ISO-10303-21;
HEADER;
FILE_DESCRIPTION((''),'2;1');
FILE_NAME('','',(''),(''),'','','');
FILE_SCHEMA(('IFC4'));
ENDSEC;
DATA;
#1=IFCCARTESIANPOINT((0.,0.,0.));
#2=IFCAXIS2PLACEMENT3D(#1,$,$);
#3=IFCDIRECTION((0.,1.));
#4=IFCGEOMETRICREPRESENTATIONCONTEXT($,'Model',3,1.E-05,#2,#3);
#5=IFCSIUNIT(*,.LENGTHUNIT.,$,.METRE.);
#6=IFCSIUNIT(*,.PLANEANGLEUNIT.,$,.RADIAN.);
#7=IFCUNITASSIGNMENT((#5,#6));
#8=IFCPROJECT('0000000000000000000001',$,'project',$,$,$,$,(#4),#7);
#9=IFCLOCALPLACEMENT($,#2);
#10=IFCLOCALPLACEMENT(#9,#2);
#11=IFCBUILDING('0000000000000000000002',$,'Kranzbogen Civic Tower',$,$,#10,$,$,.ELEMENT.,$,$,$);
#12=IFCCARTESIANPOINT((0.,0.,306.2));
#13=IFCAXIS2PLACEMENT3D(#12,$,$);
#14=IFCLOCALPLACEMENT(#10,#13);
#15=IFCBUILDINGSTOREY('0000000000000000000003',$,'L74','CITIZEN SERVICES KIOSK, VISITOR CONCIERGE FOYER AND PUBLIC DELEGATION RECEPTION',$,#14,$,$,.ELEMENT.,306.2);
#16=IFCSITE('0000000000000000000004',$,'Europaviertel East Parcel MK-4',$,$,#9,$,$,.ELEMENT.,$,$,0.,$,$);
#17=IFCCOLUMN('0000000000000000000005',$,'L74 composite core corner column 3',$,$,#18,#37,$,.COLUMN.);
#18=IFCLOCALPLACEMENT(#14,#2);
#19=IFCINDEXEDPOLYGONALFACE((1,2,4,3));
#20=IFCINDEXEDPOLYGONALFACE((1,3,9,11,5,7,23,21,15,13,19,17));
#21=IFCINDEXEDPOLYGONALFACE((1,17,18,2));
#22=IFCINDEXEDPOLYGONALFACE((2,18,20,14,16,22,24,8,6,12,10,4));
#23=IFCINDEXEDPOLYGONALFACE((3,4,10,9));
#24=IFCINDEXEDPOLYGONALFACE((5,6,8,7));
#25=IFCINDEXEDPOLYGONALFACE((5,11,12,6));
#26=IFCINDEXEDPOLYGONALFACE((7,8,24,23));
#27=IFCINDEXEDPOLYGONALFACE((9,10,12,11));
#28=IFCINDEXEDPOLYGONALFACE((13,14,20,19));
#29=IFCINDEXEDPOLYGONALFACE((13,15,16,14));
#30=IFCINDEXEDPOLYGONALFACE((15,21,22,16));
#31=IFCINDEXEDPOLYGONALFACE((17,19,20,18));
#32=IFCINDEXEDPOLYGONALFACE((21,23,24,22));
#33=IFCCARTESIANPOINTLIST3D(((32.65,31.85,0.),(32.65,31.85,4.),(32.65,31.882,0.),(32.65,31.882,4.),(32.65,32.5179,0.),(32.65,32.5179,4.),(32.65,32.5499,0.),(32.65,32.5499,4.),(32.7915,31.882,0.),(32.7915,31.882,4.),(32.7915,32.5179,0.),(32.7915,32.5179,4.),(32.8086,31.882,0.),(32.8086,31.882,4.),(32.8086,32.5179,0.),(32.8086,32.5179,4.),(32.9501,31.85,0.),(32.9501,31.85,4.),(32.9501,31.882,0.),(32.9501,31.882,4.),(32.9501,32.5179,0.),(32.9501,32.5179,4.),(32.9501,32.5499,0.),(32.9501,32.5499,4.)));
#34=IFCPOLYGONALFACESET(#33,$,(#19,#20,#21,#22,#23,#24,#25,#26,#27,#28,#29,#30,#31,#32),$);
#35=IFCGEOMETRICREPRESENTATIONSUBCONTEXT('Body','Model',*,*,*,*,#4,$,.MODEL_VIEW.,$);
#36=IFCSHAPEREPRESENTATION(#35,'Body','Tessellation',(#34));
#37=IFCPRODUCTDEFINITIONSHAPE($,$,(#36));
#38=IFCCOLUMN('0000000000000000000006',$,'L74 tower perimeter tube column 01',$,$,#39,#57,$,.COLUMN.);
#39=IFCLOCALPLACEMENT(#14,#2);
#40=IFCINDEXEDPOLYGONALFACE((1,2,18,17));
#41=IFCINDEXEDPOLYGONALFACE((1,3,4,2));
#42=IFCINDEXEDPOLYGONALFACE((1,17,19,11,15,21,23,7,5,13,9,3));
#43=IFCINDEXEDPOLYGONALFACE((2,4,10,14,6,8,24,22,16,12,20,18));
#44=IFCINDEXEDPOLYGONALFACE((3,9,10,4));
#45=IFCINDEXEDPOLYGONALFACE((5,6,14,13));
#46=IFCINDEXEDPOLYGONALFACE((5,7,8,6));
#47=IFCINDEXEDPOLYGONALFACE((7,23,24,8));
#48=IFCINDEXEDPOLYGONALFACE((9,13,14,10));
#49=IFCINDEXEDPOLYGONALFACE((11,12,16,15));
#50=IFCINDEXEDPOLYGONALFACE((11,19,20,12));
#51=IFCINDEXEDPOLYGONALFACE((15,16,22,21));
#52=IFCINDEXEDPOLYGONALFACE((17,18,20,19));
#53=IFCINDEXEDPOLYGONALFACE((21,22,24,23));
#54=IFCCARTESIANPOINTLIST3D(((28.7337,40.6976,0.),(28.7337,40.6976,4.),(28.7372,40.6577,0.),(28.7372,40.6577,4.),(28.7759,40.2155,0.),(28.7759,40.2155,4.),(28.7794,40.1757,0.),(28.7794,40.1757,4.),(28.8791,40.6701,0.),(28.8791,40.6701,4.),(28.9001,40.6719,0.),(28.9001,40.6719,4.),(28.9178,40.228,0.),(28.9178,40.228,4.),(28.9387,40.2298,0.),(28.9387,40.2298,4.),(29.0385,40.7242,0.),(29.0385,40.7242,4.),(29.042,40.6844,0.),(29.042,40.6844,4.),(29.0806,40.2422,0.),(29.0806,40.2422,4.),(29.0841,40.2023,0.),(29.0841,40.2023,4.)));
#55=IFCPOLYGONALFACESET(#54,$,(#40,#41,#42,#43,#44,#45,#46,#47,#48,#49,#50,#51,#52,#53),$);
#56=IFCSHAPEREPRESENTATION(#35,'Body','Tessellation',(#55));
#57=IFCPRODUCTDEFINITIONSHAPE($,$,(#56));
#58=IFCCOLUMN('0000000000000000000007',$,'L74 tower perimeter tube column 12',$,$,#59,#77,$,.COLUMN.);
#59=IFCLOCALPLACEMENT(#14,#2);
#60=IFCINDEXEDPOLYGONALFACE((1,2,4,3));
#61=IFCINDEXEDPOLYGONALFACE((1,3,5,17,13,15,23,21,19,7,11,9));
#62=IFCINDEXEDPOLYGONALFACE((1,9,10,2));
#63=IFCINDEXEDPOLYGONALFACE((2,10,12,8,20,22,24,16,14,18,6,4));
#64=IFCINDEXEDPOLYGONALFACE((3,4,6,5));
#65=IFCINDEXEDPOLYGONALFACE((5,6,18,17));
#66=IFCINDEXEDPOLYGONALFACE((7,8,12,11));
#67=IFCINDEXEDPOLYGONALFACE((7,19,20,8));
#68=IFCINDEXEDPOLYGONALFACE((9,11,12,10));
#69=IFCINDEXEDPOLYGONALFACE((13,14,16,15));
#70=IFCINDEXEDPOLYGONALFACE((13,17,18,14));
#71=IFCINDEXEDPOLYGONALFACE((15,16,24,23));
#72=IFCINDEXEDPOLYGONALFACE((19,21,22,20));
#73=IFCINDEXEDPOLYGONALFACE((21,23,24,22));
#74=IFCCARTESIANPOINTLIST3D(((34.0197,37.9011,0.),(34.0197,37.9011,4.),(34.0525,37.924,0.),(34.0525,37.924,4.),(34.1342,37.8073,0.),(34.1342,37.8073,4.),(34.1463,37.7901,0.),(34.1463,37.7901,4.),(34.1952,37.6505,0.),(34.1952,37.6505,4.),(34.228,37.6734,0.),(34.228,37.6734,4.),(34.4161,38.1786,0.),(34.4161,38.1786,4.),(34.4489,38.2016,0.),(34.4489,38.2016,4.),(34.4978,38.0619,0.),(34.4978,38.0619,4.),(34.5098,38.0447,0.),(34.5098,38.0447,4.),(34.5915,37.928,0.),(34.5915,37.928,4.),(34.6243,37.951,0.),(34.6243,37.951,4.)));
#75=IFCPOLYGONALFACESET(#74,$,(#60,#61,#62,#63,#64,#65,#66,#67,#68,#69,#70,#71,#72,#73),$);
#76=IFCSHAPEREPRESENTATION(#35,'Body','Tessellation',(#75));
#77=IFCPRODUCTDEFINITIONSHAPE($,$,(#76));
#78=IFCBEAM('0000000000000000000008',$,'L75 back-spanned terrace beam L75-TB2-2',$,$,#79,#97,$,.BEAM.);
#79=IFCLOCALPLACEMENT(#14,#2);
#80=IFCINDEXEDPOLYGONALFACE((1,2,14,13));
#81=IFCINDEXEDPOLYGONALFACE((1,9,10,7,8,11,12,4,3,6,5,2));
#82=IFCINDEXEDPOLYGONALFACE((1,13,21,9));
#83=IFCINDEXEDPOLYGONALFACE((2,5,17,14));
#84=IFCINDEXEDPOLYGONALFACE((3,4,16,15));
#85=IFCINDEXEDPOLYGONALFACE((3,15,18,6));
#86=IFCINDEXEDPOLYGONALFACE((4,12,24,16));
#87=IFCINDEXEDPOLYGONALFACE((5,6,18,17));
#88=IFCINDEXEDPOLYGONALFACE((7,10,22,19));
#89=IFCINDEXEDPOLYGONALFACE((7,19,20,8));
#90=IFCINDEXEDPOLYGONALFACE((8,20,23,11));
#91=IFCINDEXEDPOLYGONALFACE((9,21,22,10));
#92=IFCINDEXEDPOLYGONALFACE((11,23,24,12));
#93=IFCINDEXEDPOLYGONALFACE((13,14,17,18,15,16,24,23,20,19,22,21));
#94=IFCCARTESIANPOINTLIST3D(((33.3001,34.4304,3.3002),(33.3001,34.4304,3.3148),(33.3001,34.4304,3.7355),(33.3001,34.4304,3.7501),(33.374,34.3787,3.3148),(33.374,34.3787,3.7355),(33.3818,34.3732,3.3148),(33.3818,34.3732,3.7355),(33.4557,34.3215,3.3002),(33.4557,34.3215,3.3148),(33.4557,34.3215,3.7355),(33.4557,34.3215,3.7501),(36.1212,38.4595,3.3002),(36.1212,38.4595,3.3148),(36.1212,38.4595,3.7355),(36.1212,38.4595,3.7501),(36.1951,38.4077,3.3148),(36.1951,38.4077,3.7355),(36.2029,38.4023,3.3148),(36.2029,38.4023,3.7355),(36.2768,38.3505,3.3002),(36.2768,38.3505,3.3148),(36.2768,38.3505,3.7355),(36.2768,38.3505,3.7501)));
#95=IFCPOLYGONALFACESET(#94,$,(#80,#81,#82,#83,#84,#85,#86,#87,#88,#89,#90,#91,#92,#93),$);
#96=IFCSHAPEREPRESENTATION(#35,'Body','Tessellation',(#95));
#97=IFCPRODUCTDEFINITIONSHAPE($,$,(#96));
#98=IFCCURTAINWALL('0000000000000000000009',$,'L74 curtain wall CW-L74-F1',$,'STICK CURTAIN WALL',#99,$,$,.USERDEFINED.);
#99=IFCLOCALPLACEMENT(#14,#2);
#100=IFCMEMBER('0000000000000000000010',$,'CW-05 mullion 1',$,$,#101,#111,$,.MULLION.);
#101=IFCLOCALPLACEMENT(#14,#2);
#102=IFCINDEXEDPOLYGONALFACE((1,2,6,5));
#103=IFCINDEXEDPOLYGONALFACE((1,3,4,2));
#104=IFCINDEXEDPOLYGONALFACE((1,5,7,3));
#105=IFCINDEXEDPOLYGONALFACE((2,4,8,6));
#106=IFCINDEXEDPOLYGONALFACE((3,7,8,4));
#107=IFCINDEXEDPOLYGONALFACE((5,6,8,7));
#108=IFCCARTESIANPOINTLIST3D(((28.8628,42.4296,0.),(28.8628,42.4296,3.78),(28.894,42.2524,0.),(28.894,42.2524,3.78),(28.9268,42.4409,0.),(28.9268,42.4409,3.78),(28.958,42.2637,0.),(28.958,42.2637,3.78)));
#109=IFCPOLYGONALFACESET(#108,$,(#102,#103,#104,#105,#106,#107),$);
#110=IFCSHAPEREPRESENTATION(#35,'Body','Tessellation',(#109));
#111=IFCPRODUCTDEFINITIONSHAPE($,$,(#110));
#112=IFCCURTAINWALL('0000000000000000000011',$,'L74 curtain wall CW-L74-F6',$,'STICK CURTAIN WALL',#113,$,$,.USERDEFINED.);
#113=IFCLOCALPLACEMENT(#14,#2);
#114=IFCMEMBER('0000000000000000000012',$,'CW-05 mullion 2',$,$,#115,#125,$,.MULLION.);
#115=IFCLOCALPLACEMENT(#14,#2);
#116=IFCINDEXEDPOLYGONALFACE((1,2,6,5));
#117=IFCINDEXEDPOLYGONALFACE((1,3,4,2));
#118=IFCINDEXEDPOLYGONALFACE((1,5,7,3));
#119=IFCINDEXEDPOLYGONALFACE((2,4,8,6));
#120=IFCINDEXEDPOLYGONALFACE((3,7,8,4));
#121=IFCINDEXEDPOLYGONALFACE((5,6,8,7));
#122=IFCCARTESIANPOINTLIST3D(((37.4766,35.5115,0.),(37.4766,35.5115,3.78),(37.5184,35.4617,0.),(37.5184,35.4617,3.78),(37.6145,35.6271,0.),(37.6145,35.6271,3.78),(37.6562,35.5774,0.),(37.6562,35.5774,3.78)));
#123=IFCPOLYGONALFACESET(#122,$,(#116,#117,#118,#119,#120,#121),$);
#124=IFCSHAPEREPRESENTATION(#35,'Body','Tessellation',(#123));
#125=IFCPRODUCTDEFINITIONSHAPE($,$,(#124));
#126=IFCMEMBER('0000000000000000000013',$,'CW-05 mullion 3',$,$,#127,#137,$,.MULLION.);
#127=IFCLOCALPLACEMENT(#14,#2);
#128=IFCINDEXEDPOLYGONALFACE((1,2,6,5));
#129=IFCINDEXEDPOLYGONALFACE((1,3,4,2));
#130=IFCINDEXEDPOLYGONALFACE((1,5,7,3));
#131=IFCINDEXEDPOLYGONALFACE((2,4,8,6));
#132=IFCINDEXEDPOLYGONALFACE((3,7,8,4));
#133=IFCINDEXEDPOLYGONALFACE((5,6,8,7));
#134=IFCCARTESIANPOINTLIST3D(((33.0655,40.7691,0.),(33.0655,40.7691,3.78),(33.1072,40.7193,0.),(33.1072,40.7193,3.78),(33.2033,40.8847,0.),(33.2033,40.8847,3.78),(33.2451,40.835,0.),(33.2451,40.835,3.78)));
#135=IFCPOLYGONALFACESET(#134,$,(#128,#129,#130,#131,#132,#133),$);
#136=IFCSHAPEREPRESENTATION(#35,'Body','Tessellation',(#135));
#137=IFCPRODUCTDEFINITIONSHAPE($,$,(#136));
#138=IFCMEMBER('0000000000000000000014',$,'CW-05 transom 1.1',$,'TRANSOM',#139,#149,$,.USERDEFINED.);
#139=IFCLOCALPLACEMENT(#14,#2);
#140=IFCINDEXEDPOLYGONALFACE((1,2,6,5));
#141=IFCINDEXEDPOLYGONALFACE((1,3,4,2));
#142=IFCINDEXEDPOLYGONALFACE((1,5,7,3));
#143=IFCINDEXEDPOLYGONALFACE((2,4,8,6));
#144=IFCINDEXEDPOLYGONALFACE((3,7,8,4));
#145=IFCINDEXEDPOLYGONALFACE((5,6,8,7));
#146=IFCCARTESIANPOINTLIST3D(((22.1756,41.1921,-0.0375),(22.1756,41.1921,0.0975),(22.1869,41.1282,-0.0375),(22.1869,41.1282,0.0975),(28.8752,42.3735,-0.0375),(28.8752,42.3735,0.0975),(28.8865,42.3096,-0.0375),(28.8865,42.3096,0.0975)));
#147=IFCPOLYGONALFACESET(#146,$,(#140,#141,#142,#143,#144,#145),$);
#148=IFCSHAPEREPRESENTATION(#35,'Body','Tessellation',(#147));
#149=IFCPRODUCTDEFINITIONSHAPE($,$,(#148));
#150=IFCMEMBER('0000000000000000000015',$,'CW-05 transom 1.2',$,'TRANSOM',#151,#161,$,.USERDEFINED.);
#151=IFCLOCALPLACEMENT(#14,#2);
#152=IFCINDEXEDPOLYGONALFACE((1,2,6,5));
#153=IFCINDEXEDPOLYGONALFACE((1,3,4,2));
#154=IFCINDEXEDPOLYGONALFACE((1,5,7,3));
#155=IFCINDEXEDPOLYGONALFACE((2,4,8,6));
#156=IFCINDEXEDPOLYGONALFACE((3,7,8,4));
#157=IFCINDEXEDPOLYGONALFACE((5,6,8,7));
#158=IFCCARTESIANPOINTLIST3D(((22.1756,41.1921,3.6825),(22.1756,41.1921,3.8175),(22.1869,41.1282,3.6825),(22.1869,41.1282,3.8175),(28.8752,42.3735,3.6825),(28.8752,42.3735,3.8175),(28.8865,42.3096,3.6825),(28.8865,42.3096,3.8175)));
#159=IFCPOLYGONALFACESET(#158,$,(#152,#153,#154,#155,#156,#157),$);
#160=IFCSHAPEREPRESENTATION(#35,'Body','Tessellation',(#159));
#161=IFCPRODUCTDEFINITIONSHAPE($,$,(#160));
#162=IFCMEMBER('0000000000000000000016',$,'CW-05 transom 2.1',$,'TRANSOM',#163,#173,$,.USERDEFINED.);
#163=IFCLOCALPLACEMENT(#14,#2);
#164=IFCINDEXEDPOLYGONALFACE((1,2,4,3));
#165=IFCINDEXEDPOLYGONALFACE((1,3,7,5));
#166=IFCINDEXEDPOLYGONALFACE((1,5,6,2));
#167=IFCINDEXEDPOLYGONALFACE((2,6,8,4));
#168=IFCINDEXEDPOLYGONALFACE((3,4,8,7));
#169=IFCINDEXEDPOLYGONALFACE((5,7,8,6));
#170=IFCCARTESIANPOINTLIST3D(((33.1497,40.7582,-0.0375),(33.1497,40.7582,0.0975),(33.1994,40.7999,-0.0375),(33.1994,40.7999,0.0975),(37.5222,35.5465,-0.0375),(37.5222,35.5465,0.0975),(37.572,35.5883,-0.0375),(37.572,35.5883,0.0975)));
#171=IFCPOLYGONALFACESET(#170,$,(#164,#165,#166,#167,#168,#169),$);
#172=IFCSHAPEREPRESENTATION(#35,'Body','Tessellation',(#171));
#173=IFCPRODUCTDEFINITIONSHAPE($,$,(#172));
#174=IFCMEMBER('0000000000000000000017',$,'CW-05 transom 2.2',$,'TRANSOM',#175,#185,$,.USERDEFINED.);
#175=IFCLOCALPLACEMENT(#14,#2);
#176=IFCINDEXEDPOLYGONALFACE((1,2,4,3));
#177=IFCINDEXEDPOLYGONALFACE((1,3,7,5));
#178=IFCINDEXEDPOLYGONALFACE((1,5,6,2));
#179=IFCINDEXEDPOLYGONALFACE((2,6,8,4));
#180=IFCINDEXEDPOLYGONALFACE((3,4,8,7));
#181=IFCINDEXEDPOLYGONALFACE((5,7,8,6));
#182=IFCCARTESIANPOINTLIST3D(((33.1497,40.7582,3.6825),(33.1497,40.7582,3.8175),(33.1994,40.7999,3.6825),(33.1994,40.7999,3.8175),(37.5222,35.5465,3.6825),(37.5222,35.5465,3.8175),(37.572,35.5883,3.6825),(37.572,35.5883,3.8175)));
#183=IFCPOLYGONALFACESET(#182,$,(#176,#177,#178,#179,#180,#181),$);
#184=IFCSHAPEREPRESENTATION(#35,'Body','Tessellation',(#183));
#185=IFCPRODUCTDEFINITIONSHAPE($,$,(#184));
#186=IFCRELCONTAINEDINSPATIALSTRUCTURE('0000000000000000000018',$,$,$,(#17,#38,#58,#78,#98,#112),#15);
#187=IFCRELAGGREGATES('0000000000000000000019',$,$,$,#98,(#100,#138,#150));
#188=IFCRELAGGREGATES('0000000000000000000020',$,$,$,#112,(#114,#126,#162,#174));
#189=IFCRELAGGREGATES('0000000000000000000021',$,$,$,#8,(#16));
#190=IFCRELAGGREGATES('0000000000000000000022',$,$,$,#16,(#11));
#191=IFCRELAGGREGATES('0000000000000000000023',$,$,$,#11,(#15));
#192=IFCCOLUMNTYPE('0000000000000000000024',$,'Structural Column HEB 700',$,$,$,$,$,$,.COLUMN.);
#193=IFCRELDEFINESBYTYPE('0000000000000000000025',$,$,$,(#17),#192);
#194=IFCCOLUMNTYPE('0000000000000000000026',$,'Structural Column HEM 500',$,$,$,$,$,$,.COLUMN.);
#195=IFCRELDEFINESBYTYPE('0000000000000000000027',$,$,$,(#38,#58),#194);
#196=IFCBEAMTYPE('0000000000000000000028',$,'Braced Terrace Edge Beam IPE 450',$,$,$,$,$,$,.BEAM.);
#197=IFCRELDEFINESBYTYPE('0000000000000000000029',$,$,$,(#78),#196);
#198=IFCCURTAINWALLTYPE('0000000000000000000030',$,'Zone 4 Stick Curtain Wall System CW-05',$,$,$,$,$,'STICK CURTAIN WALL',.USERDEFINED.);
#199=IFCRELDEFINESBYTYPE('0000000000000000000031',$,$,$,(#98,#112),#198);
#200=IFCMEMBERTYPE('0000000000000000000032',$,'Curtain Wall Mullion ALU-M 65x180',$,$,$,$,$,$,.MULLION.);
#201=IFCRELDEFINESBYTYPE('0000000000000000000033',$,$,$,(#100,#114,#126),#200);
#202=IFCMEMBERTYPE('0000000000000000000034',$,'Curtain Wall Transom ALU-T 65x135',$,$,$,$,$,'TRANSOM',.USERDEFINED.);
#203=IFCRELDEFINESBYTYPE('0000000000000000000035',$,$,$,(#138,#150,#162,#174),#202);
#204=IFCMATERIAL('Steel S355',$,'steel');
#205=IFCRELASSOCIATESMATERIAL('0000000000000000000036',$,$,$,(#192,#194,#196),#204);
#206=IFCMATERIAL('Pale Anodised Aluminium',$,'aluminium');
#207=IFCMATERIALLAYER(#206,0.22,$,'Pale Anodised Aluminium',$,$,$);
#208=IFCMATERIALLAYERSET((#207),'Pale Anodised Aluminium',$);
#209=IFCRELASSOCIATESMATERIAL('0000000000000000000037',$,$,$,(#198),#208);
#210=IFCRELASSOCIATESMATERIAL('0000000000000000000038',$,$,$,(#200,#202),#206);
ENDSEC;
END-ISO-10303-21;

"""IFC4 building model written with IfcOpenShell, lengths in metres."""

from ifc_helpers import new_model, si_unit, direction, frame, origin, origin_2d, place, context, subcontext, project, spatial, rectangle, i_section, extrude, material, layer, layer_set, material_profile, profile_set, type_object, element, aggregate, save


model = new_model("IFC4")

# Units and contexts
model_context = context("Model", 3, precision=1e-05, world=origin(), true_north=direction((0.0, 1.0)))
body_context = subcontext(model_context, "Body", "Model", "MODEL_VIEW")
ifc_project = project(units=[si_unit("LENGTHUNIT", "METRE"), si_unit("PLANEANGLEUNIT", "RADIAN")], contexts=[model_context])

# Site, building, storey
site_placement = place(None, origin())
site = spatial("IfcSite", under=ifc_project, at=site_placement, Name="Europaviertel East Parcel MK-4", CompositionType="ELEMENT", RefElevation=0.0)
building_placement = place(site_placement, origin())
building = spatial("IfcBuilding", under=site, at=building_placement, Name="Kranzbogen Civic Tower", CompositionType="ELEMENT")
storey_placement = place(building_placement, frame((0.0, 0.0, 306.2)))
storey = spatial("IfcBuildingStorey", under=building, at=storey_placement, Name="L74", Description="CITIZEN SERVICES KIOSK, VISITOR CONCIERGE FOYER AND PUBLIC DELEGATION RECEPTION", CompositionType="ELEMENT", Elevation=306.2)

# Columns
ifc_material_1 = material(Name="Steel S355", Category="steel")
ifc_material_profile_1 = material_profile(ifc_material_1, i_section(OverallWidth=0.3, OverallDepth=0.7, WebThickness=0.0171, FlangeThickness=0.032, at=origin_2d()), Name="HEB 700")
ifc_profile_set_1 = profile_set([ifc_material_profile_1], Name="Steel S355")
column_type_1 = type_object("IfcColumnType", Name="Structural Column HEB 700", PredefinedType="COLUMN", material=ifc_profile_set_1)
column_placement = place(storey_placement, frame((32.8, 32.2, 0.0), z_axis=(0.0, 0.0, 1.0), x_axis=(1.0, 0.0, 0.0)))
element("IfcColumn", 1, at=column_placement, inside=storey, type_object=column_type_1, Name="L74 composite core corner column 3", PredefinedType="COLUMN", context=body_context, shape_type="SweptSolid", body=[
    extrude(i_section(OverallWidth=0.3, OverallDepth=0.7, WebThickness=0.0171, FlangeThickness=0.032, at=origin_2d()), origin(), (0.0, 0.0, 1.0), 4.0),
])
ifc_material_profile_2 = material_profile(ifc_material_1, i_section(OverallWidth=0.3059, OverallDepth=0.5239, WebThickness=0.021, FlangeThickness=0.04, at=origin_2d()), Name="HEM 500")
ifc_profile_set_2 = profile_set([ifc_material_profile_2], Name="Steel S355")
column_type_2 = type_object("IfcColumnType", Name="Structural Column HEM 500", PredefinedType="COLUMN", material=ifc_profile_set_2)
for number, where, z_axis, x_axis, name in (
    (2, (28.9089, 40.45, 0.0), (0.0, 0.0, 1.0), (0.996195, 0.087156, 0.0), "L74 tower perimeter tube column 01"),
    (3, (34.322, 37.926, 0.0), (0.0, 0.0, 1.0), (-0.573576, 0.819152, 0.0), "L74 tower perimeter tube column 12"),
):
    element("IfcColumn", number, at=place(storey_placement, frame(where, z_axis=z_axis, x_axis=x_axis)), inside=storey, type_object=column_type_2, Name=name, PredefinedType="COLUMN", context=body_context, shape_type="SweptSolid", body=[
        extrude(i_section(OverallWidth=0.3059, OverallDepth=0.5239, WebThickness=0.021, FlangeThickness=0.04, at=origin_2d()), origin(), (0.0, 0.0, 1.0), 4.0),
    ])

# Beam
ifc_material_profile_3 = material_profile(ifc_material_1, i_section(OverallWidth=0.1899, OverallDepth=0.45, WebThickness=0.0095, FlangeThickness=0.0146, at=origin_2d()), Name="IPE 450")
ifc_profile_set_3 = profile_set([ifc_material_profile_3], Name="Steel S355")
beam_type_1 = type_object("IfcBeamType", Name="Braced Terrace Edge Beam IPE 450", PredefinedType="BEAM", material=ifc_profile_set_3)
beam_1_placement = place(storey_placement, frame((33.3779, 34.376, 3.5251), z_axis=(0.573559, 0.819164, 0.0), x_axis=(-0.819164, 0.573559, 0.0)))
element("IfcBeam", 4, at=beam_1_placement, inside=storey, type_object=beam_type_1, Name="L75 back-spanned terrace beam L75-TB2-2", PredefinedType="BEAM", context=body_context, shape_type="SweptSolid", body=[
    extrude(i_section(OverallWidth=0.1899, OverallDepth=0.45, WebThickness=0.0095, FlangeThickness=0.0146, at=origin_2d()), origin(), (0.0, 0.0, 1.0), 4.9185),
])

# Curtain wall, member
ifc_material_2 = material(Name="Pale Anodised Aluminium", Category="aluminium")
ifc_layer_1 = layer(ifc_material_2, 0.22, Name="Pale Anodised Aluminium")
ifc_layer_set_1 = layer_set([ifc_layer_1], Name="Pale Anodised Aluminium")
curtain_wall_type = type_object("IfcCurtainWallType", Name="Zone 4 Stick Curtain Wall System CW-05", ElementType="STICK CURTAIN WALL", PredefinedType="USERDEFINED", material=ifc_layer_set_1)
curtain_wall_1_placement = place(storey_placement, origin())
curtain_wall_1 = element("IfcCurtainWall", 5, at=curtain_wall_1_placement, inside=storey, type_object=curtain_wall_type, Name="L74 curtain wall CW-L74-F1", ObjectType="STICK CURTAIN WALL", PredefinedType="USERDEFINED")
ifc_material_profile_4 = material_profile(ifc_material_2, rectangle(XDim=0.0649, YDim=0.1799, at=origin_2d()), Name="ALU-M 65x180")
ifc_profile_set_4 = profile_set([ifc_material_profile_4], Name="Pale Anodised Aluminium")
member_type_1 = type_object("IfcMemberType", Name="Curtain Wall Mullion ALU-M 65x180", PredefinedType="MULLION", material=ifc_profile_set_4)
member_1_placement = place(storey_placement, frame((28.9104, 42.3467, 0.0), z_axis=(0.0, 0.0, 1.0), x_axis=(-0.984808, -0.173649, 0.0)))
member_1 = element("IfcMember", 6, at=member_1_placement, type_object=member_type_1, Name="CW-05 mullion 1", PredefinedType="MULLION", context=body_context, shape_type="SweptSolid", body=[
    extrude(rectangle(XDim=0.0649, YDim=0.1799, at=origin_2d()), origin(), (0.0, 0.0, 1.0), 3.78),
])

# Curtain wall, members
curtain_wall_2_placement = place(storey_placement, origin())
curtain_wall_2 = element("IfcCurtainWall", 7, at=curtain_wall_2_placement, inside=storey, type_object=curtain_wall_type, Name="L74 curtain wall CW-L74-F6", ObjectType="STICK CURTAIN WALL", PredefinedType="USERDEFINED")
member_2_placement = place(storey_placement, frame((37.5664, 35.5444, 0.0), z_axis=(0.0, 0.0, 1.0), x_axis=(-0.642756, 0.766071, 0.0)))
member_2 = element("IfcMember", 8, at=member_2_placement, type_object=member_type_1, Name="CW-05 mullion 2", PredefinedType="MULLION", context=body_context, shape_type="SweptSolid", body=[
    extrude(rectangle(XDim=0.0649, YDim=0.1799, at=origin_2d()), origin(), (0.0, 0.0, 1.0), 3.78),
])
member_3_placement = place(storey_placement, frame((33.1553, 40.802, 0.0), z_axis=(0.0, 0.0, 1.0), x_axis=(-0.642756, 0.766071, 0.0)))
member_3 = element("IfcMember", 9, at=member_3_placement, type_object=member_type_1, Name="CW-05 mullion 3", PredefinedType="MULLION", context=body_context, shape_type="SweptSolid", body=[
    extrude(rectangle(XDim=0.0649, YDim=0.1799, at=origin_2d()), origin(), (0.0, 0.0, 1.0), 3.78),
])

# Members
ifc_material_profile_5 = material_profile(ifc_material_2, rectangle(XDim=0.0649, YDim=0.135, at=origin_2d()), Name="ALU-T 65x135")
ifc_profile_set_5 = profile_set([ifc_material_profile_5], Name="Pale Anodised Aluminium")
member_type_2 = type_object("IfcMemberType", Name="Curtain Wall Transom ALU-T 65x135", ElementType="TRANSOM", PredefinedType="USERDEFINED", material=ifc_profile_set_5)
member_4_placement = place(storey_placement, frame((28.8809, 42.3416, 0.03), z_axis=(-0.984806, -0.173656, 0.0), x_axis=(0.173656, -0.984806, 0.0)))
member_4 = element("IfcMember", 10, at=member_4_placement, type_object=member_type_2, Name="CW-05 transom 1.1", ObjectType="TRANSOM", PredefinedType="USERDEFINED", context=body_context, shape_type="SweptSolid", body=[
    extrude(rectangle(XDim=0.0649, YDim=0.135, at=origin_2d()), origin(), (0.0, 0.0, 1.0), 6.803),
])
member_5_placement = place(storey_placement, frame((28.8809, 42.3416, 3.75), z_axis=(-0.984806, -0.173656, 0.0), x_axis=(0.173656, -0.984806, 0.0)))
member_5 = element("IfcMember", 11, at=member_5_placement, type_object=member_type_2, Name="CW-05 transom 1.2", ObjectType="TRANSOM", PredefinedType="USERDEFINED", context=body_context, shape_type="SweptSolid", body=[
    extrude(rectangle(XDim=0.0649, YDim=0.135, at=origin_2d()), origin(), (0.0, 0.0, 1.0), 6.803),
])
member_6_placement = place(storey_placement, frame((37.5471, 35.5674, 0.03), z_axis=(-0.64274, 0.766084, 0.0), x_axis=(-0.766084, -0.64274, 0.0)))
member_6 = element("IfcMember", 12, at=member_6_placement, type_object=member_type_2, Name="CW-05 transom 2.1", ObjectType="TRANSOM", PredefinedType="USERDEFINED", context=body_context, shape_type="SweptSolid", body=[
    extrude(rectangle(XDim=0.0649, YDim=0.135, at=origin_2d()), origin(), (0.0, 0.0, 1.0), 6.803),
])
member_7_placement = place(storey_placement, frame((37.5471, 35.5674, 3.75), z_axis=(-0.64274, 0.766084, 0.0), x_axis=(-0.766084, -0.64274, 0.0)))
member_7 = element("IfcMember", 13, at=member_7_placement, type_object=member_type_2, Name="CW-05 transom 2.2", ObjectType="TRANSOM", PredefinedType="USERDEFINED", context=body_context, shape_type="SweptSolid", body=[
    extrude(rectangle(XDim=0.0649, YDim=0.135, at=origin_2d()), origin(), (0.0, 0.0, 1.0), 6.803),
])

aggregate(curtain_wall_1, [member_1, member_4, member_5])
aggregate(curtain_wall_2, [member_2, member_3, member_6, member_7])

save(model, "model.ifc")
